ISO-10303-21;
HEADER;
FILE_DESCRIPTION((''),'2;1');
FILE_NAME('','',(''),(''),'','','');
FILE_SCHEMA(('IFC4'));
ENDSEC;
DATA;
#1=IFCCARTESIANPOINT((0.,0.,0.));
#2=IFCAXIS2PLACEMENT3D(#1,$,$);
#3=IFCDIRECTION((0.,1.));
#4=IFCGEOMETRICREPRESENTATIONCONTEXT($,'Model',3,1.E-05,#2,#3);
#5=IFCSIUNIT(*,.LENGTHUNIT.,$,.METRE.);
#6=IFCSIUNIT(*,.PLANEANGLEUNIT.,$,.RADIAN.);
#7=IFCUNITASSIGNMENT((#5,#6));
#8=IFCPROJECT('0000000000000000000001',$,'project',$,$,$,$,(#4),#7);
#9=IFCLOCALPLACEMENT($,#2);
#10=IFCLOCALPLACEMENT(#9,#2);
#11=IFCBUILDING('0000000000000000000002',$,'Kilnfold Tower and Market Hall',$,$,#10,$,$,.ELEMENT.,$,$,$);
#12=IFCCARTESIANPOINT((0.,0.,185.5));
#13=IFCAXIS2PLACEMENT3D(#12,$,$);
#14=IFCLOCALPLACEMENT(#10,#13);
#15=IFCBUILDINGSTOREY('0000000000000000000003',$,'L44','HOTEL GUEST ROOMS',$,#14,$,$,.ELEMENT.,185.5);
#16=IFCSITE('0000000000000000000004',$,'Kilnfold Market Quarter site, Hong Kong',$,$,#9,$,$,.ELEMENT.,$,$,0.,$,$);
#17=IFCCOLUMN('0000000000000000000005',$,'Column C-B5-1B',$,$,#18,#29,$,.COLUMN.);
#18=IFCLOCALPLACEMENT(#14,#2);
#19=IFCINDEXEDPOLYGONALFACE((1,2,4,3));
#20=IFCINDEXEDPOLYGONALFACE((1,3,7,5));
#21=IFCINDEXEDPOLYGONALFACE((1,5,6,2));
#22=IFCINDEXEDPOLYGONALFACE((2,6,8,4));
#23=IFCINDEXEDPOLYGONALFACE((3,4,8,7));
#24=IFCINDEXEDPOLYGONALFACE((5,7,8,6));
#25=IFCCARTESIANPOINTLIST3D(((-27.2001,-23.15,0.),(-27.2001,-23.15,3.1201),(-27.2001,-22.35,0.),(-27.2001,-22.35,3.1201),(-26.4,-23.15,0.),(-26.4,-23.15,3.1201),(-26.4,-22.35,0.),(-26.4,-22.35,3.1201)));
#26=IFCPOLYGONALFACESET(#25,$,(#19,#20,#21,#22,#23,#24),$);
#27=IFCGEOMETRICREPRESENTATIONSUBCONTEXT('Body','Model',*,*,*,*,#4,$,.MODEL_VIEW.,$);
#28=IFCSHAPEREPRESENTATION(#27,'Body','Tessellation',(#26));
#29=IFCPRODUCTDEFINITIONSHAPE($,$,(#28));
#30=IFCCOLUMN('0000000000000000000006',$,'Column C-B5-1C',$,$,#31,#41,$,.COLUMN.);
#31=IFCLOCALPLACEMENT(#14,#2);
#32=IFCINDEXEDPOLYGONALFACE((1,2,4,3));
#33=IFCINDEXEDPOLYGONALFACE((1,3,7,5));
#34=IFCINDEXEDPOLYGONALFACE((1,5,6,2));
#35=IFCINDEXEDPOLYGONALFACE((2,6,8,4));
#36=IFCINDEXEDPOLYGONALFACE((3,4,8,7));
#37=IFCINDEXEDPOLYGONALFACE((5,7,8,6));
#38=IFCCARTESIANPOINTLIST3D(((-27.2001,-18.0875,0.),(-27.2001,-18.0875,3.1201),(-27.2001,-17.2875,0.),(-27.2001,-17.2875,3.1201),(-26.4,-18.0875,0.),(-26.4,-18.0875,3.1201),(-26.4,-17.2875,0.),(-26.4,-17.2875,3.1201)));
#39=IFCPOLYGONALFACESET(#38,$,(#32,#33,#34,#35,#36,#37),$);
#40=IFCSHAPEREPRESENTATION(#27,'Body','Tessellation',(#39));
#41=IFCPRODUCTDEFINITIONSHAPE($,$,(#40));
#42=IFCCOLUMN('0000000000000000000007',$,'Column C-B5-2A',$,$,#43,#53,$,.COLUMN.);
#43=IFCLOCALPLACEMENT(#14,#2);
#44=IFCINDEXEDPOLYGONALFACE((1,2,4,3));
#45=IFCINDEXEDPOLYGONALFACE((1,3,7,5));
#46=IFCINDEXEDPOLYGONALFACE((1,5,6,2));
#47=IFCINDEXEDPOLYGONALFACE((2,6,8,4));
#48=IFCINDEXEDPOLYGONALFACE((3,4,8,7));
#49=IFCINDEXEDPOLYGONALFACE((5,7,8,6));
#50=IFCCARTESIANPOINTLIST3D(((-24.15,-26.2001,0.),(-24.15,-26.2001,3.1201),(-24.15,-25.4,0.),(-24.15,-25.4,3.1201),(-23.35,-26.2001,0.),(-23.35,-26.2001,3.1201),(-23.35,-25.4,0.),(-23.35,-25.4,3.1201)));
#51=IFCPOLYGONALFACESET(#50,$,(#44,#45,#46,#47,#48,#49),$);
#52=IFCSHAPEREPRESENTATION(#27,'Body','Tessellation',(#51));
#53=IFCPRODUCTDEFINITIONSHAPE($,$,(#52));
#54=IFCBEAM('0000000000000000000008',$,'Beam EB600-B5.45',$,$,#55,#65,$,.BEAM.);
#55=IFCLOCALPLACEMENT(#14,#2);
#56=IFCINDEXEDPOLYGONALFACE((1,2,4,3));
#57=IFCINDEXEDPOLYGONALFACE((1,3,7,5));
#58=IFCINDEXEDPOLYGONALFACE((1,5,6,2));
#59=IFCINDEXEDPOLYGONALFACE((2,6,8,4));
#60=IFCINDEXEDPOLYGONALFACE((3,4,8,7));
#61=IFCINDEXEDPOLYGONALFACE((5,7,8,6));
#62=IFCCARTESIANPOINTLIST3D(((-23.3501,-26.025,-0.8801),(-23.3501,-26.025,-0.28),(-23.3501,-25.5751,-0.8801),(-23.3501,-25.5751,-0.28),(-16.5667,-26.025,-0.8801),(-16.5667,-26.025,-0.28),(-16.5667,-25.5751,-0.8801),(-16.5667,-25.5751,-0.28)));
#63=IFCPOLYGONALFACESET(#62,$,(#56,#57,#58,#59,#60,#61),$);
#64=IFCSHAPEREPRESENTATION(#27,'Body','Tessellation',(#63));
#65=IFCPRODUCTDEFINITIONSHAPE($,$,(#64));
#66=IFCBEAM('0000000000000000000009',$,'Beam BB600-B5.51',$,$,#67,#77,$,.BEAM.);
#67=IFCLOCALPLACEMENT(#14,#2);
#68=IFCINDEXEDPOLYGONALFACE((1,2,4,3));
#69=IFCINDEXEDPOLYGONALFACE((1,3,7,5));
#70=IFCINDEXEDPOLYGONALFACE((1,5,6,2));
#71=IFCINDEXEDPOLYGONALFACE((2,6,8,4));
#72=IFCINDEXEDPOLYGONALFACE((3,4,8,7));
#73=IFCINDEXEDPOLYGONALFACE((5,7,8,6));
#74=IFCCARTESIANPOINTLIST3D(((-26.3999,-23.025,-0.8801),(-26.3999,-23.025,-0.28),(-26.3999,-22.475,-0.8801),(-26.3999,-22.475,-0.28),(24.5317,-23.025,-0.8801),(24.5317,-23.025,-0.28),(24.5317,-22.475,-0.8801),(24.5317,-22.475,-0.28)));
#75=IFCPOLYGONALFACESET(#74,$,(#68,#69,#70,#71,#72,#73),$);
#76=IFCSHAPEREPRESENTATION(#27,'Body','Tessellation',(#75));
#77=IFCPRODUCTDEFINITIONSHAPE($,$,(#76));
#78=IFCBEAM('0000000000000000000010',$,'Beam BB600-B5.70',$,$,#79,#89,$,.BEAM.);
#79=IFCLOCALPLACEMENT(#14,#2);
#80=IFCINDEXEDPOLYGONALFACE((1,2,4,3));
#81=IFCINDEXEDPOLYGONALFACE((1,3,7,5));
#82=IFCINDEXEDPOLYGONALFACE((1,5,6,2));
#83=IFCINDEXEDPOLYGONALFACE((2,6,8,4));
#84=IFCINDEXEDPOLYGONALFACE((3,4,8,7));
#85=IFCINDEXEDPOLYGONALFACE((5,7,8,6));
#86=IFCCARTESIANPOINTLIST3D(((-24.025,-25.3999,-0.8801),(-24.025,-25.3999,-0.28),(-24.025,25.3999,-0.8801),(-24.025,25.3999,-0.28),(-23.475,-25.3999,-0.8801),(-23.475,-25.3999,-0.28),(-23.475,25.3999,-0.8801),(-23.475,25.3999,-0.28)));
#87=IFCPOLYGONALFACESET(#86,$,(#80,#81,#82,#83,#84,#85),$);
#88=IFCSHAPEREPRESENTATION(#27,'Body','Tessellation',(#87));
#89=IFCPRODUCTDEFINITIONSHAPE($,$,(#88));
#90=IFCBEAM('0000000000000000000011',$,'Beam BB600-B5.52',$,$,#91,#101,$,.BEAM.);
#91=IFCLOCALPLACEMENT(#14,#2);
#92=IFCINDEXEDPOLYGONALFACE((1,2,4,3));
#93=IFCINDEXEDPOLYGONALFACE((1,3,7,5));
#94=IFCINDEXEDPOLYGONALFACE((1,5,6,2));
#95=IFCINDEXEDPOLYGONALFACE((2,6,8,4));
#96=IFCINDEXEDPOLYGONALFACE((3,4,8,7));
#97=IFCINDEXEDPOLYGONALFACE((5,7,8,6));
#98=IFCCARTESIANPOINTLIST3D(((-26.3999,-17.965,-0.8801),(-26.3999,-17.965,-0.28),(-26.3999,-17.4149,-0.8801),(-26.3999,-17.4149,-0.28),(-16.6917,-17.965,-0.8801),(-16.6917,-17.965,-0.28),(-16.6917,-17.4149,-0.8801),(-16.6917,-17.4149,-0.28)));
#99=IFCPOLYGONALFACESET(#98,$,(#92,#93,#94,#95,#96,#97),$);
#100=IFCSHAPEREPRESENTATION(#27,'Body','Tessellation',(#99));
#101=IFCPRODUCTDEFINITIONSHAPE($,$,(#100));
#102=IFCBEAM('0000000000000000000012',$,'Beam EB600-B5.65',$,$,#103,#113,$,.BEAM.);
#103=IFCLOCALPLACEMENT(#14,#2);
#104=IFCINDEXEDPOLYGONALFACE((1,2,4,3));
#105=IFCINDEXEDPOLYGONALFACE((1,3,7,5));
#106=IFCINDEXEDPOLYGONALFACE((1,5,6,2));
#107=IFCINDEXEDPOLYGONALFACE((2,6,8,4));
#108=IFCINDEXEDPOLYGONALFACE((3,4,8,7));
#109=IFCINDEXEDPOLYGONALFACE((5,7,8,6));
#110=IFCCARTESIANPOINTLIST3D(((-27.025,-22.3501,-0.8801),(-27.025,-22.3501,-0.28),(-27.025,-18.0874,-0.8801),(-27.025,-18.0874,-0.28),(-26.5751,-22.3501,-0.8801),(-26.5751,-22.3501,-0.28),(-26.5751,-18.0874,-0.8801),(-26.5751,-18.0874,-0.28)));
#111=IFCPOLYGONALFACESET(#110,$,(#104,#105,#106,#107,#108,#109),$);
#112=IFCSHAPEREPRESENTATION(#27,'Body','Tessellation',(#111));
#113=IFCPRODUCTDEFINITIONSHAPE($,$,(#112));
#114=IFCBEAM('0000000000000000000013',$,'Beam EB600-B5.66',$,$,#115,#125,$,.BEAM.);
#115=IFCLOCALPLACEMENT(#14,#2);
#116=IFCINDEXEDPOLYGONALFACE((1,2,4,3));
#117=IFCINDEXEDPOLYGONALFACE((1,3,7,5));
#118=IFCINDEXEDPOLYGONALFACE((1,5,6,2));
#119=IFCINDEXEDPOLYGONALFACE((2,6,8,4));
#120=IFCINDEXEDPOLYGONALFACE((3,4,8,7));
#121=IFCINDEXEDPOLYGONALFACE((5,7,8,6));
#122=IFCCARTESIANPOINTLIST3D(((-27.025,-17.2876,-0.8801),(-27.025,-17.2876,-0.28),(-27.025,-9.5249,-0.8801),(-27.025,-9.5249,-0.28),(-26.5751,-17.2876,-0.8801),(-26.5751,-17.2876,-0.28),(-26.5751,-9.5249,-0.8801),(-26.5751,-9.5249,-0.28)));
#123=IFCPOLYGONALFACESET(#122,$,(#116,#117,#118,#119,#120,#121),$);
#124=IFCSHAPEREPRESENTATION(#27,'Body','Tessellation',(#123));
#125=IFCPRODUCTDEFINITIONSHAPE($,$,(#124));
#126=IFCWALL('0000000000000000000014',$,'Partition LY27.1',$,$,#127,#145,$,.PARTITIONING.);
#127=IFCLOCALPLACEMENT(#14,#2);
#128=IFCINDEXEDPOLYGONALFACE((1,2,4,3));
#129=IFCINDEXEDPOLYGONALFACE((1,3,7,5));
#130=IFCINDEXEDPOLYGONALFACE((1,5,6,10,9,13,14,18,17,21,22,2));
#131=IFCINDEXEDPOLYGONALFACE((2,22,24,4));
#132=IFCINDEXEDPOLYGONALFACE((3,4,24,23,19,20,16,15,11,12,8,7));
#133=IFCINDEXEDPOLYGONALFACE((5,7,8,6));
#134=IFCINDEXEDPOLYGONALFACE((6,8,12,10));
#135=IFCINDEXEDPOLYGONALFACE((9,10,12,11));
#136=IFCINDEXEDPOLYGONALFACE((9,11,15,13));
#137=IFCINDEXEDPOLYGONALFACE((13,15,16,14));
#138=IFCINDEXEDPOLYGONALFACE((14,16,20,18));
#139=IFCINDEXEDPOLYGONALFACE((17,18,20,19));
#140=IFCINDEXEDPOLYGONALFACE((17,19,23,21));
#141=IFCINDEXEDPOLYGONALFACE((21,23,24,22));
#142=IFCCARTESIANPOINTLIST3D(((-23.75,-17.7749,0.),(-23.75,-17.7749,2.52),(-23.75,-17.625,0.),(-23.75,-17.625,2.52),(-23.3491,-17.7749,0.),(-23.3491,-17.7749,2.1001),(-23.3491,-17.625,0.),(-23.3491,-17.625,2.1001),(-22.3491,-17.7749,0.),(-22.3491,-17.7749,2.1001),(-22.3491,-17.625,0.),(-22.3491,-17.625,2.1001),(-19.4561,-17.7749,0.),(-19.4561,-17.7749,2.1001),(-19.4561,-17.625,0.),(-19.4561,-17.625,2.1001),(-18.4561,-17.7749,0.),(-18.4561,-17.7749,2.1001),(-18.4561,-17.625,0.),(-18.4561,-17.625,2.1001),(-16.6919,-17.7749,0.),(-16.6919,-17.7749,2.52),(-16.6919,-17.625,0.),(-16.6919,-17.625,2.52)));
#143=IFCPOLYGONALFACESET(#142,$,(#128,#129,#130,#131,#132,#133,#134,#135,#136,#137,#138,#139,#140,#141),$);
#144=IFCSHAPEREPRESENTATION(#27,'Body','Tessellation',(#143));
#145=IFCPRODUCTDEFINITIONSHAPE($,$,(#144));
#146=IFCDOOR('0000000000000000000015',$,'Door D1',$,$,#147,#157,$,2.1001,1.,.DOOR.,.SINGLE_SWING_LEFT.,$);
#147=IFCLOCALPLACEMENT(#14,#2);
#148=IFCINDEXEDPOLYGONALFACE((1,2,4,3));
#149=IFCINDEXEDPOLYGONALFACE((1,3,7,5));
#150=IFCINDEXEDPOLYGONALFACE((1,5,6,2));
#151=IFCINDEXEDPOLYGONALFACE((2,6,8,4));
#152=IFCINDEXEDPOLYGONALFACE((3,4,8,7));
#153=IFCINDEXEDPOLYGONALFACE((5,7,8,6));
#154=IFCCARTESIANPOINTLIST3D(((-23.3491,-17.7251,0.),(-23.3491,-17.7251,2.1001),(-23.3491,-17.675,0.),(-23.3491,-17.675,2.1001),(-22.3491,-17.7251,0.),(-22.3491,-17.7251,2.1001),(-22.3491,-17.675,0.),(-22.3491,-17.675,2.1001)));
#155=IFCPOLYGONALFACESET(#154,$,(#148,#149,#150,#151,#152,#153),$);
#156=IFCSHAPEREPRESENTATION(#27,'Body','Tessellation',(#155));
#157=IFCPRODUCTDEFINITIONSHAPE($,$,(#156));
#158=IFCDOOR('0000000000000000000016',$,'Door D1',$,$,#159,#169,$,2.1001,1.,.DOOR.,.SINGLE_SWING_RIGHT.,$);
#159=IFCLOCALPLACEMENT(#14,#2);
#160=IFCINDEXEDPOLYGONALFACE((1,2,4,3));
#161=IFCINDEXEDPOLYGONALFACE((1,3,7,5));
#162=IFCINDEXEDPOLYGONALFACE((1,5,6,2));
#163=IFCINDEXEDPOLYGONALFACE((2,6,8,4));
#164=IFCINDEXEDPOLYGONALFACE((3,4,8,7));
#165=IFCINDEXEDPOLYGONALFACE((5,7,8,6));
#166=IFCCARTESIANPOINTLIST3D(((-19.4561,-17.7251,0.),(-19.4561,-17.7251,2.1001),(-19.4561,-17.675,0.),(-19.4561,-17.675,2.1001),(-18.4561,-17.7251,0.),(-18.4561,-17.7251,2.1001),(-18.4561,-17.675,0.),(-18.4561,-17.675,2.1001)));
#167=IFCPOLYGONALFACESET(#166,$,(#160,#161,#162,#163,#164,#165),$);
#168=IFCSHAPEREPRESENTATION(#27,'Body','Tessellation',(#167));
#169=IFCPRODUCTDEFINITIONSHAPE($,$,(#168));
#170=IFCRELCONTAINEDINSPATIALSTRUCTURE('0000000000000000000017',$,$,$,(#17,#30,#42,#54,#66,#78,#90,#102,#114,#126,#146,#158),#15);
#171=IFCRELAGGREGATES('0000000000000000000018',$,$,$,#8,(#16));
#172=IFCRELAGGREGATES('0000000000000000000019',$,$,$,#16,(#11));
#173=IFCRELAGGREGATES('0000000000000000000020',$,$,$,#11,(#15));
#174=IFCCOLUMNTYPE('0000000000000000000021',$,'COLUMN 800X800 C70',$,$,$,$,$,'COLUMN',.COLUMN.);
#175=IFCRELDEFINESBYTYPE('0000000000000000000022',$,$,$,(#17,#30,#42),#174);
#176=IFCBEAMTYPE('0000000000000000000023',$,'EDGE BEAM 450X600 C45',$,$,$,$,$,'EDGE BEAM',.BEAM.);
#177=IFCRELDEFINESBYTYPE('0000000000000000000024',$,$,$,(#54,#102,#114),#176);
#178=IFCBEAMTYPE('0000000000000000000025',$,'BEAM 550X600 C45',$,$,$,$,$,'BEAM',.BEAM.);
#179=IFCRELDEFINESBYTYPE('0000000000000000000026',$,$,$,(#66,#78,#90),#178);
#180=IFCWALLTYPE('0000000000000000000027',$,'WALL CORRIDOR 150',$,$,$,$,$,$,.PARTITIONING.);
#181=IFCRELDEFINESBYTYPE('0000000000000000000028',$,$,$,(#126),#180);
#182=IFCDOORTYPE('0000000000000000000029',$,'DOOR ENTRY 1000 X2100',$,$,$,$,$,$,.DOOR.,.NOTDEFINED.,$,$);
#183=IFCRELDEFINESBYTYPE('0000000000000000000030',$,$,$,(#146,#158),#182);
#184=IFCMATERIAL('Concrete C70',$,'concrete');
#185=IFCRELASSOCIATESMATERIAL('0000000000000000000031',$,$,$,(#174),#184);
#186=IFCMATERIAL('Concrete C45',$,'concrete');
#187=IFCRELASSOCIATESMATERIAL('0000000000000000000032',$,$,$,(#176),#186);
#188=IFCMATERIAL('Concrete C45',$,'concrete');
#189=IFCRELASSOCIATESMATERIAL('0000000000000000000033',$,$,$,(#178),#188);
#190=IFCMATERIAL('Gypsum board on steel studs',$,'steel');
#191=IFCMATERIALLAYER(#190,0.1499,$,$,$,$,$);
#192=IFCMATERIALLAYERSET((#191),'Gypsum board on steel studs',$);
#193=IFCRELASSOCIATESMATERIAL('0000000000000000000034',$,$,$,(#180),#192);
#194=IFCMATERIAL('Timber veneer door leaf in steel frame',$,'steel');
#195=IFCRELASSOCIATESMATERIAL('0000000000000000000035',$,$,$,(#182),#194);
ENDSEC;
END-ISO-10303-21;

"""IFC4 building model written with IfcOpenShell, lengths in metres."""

from ifc_helpers import new_model, si_unit, direction, frame, frame_2d, origin, origin_2d, place, context, subcontext, project, spatial, rectangle, extrude, source, transform, mapped, material, layer, layer_set, material_profile, profile_set, type_object, element, fill, save


model = new_model("IFC4")

# Units and contexts
model_context = context("Model", 3, precision=1e-05, world=origin(), true_north=direction((0.0, 1.0)))
body_context = subcontext(model_context, "Body", "Model", "MODEL_VIEW")
ifc_project = project(units=[si_unit("LENGTHUNIT", "METRE"), si_unit("PLANEANGLEUNIT", "RADIAN")], contexts=[model_context])

# Site, building, storey
site_placement = place(None, origin())
site = spatial("IfcSite", under=ifc_project, at=site_placement, Name="Kilnfold Market Quarter site, Hong Kong", CompositionType="ELEMENT", RefElevation=0.0)
building_placement = place(site_placement, origin())
building = spatial("IfcBuilding", under=site, at=building_placement, Name="Kilnfold Tower and Market Hall", CompositionType="ELEMENT")
storey_placement = place(building_placement, frame((0.0, 0.0, 185.5)))
storey = spatial("IfcBuildingStorey", under=building, at=storey_placement, Name="L44", Description="HOTEL GUEST ROOMS", CompositionType="ELEMENT", Elevation=185.5)

# Columns
ifc_material_1 = material(Name="Concrete C70", Category="concrete")
ifc_material_profile_1 = material_profile(ifc_material_1, rectangle(XDim=0.8, YDim=0.8, at=origin_2d()), Name="RC 800x800")
ifc_profile_set_1 = profile_set([ifc_material_profile_1], Name="Concrete C70")
column_type = type_object("IfcColumnType", Name="COLUMN 800X800 C70", ElementType="COLUMN", PredefinedType="COLUMN", material=ifc_profile_set_1)
shared_shape_1 = source(origin(), body_context, "Body", "SweptSolid", [
    extrude(rectangle(XDim=0.8, YDim=0.8, at=origin_2d()), origin(), (0.0, 0.0, 1.0), 3.1201),
])
for number, where, z_axis, x_axis, name in (
    (1, (-26.8, -22.75, 0.0), (0.0, 0.0, 1.0), (1.0, 0.0, 0.0), "Column C-B5-1B"),
    (2, (-26.8, -17.6875, 0.0), (0.0, 0.0, 1.0), (1.0, 0.0, 0.0), "Column C-B5-1C"),
    (3, (-23.75, -25.8, 0.0), (0.0, 0.0, 1.0), (1.0, 0.0, 0.0), "Column C-B5-2A"),
):
    element("IfcColumn", number, at=place(storey_placement, frame(where, z_axis=z_axis, x_axis=x_axis)), inside=storey, type_object=column_type, Name=name, PredefinedType="COLUMN", context=body_context, shape_type="MappedRepresentation", body=[
        mapped(shared_shape_1, transform((0.0, 0.0, 0.0))),
    ])

# Beams
ifc_material_2 = material(Name="Concrete C45", Category="concrete")
ifc_material_profile_2 = material_profile(ifc_material_2, rectangle(XDim=0.45, YDim=0.6001, at=origin_2d()), Name="RC 450x600")
ifc_profile_set_2 = profile_set([ifc_material_profile_2], Name="Concrete C45")
beam_type_1 = type_object("IfcBeamType", Name="EDGE BEAM 450X600 C45", ElementType="EDGE BEAM", PredefinedType="BEAM", material=ifc_profile_set_2)
shared_shape_2 = source(origin(), body_context, "Body", "SweptSolid", [
    extrude(rectangle(XDim=0.45, YDim=0.6001, at=origin_2d()), origin(), (0.0, 0.0, 1.0), 6.7834),
])
beam_1_placement = place(storey_placement, frame((-23.3501, -25.8, -0.5801), z_axis=(1.0, 0.0, 0.0), x_axis=(0.0, 1.0, 0.0)))
element("IfcBeam", 4, at=beam_1_placement, inside=storey, type_object=beam_type_1, Name="Beam EB600-B5.45", PredefinedType="BEAM", context=body_context, shape_type="MappedRepresentation", body=[
    mapped(shared_shape_2, transform((0.0, 0.0, 0.0))),
])
ifc_material_3 = material(Name="Concrete C45", Category="concrete")
ifc_material_profile_3 = material_profile(ifc_material_3, rectangle(XDim=0.55, YDim=0.6001, at=origin_2d()), Name="RC 550x600")
ifc_profile_set_3 = profile_set([ifc_material_profile_3], Name="Concrete C45")
beam_type_2 = type_object("IfcBeamType", Name="BEAM 550X600 C45", ElementType="BEAM", PredefinedType="BEAM", material=ifc_profile_set_3)
shared_shape_3 = source(origin(), body_context, "Body", "SweptSolid", [
    extrude(rectangle(XDim=0.55, YDim=0.6001, at=origin_2d()), origin(), (0.0, 0.0, 1.0), 50.9316),
])
beam_2_placement = place(storey_placement, frame((-26.3999, -22.75, -0.5801), z_axis=(1.0, 0.0, 0.0), x_axis=(0.0, 1.0, 0.0)))
element("IfcBeam", 5, at=beam_2_placement, inside=storey, type_object=beam_type_2, Name="Beam BB600-B5.51", PredefinedType="BEAM", context=body_context, shape_type="MappedRepresentation", body=[
    mapped(shared_shape_3, transform((0.0, 0.0, 0.0))),
])
shared_shape_4 = source(origin(), body_context, "Body", "SweptSolid", [
    extrude(rectangle(XDim=0.55, YDim=0.6001, at=origin_2d()), origin(), (0.0, 0.0, 1.0), 50.7998),
])
beam_3_placement = place(storey_placement, frame((-23.75, -25.3999, -0.5801), z_axis=(0.0, 1.0, 0.0), x_axis=(-1.0, 0.0, 0.0)))
element("IfcBeam", 6, at=beam_3_placement, inside=storey, type_object=beam_type_2, Name="Beam BB600-B5.70", PredefinedType="BEAM", context=body_context, shape_type="MappedRepresentation", body=[
    mapped(shared_shape_4, transform((0.0, 0.0, 0.0))),
])
shared_shape_5 = source(origin(), body_context, "Body", "SweptSolid", [
    extrude(rectangle(XDim=0.55, YDim=0.6001, at=origin_2d()), origin(), (0.0, 0.0, 1.0), 9.7083),
])
beam_4_placement = place(storey_placement, frame((-26.3999, -17.6899, -0.5801), z_axis=(1.0, 0.0, 0.0), x_axis=(0.0, 1.0, 0.0)))
element("IfcBeam", 7, at=beam_4_placement, inside=storey, type_object=beam_type_2, Name="Beam BB600-B5.52", PredefinedType="BEAM", context=body_context, shape_type="MappedRepresentation", body=[
    mapped(shared_shape_5, transform((0.0, 0.0, 0.0))),
])
shared_shape_6 = source(origin(), body_context, "Body", "SweptSolid", [
    extrude(rectangle(XDim=0.45, YDim=0.6001, at=origin_2d()), origin(), (0.0, 0.0, 1.0), 4.2627),
])
beam_5_placement = place(storey_placement, frame((-26.8, -22.3501, -0.5801), z_axis=(0.0, 1.0, 0.0), x_axis=(-1.0, 0.0, 0.0)))
element("IfcBeam", 8, at=beam_5_placement, inside=storey, type_object=beam_type_1, Name="Beam EB600-B5.65", PredefinedType="BEAM", context=body_context, shape_type="MappedRepresentation", body=[
    mapped(shared_shape_6, transform((0.0, 0.0, 0.0))),
])
shared_shape_7 = source(origin(), body_context, "Body", "SweptSolid", [
    extrude(rectangle(XDim=0.45, YDim=0.6001, at=origin_2d()), origin(), (0.0, 0.0, 1.0), 7.7627),
])
beam_6_placement = place(storey_placement, frame((-26.8, -17.2876, -0.5801), z_axis=(0.0, 1.0, 0.0), x_axis=(-1.0, 0.0, 0.0)))
element("IfcBeam", 9, at=beam_6_placement, inside=storey, type_object=beam_type_1, Name="Beam EB600-B5.66", PredefinedType="BEAM", context=body_context, shape_type="MappedRepresentation", body=[
    mapped(shared_shape_7, transform((0.0, 0.0, 0.0))),
])

# Wall, openings, doors
ifc_material_4 = material(Name="Gypsum board on steel studs", Category="steel")
ifc_layer_1 = layer(ifc_material_4, 0.1499)
ifc_layer_set_1 = layer_set([ifc_layer_1], Name="Gypsum board on steel studs")
wall_type_1 = type_object("IfcWallType", Name="WALL CORRIDOR 150", PredefinedType="PARTITIONING", material=ifc_layer_set_1)
wall_1_placement = place(storey_placement, frame((-23.75, -17.7, 0.0), z_axis=(0.0, 0.0, 1.0), x_axis=(1.0, 0.0, 0.0)))
wall_1 = element("IfcWall", 10, at=wall_1_placement, inside=storey, type_object=wall_type_1, Name="Partition LY27.1", PredefinedType="PARTITIONING", context=body_context, shape_type="SweptSolid", body=[
    extrude(rectangle(XDim=7.0581, YDim=0.1499, at=frame_2d((3.5291, 0.0))), origin(), (0.0, 0.0, 1.0), 2.52),
])
opening_1_placement = place(wall_1_placement, frame((0.4009, 0.0, 0.0)))
opening_1 = element("IfcOpeningElement", 11, at=opening_1_placement, cuts=wall_1, PredefinedType="OPENING", context=body_context, shape_type="SweptSolid", body=[
    extrude(rectangle(XDim=1.0, YDim=2.1001, at=frame_2d((0.5, 1.05))), frame((0.0, 0.085, 0.0), z_axis=(0.0, -1.0, 0.0), x_axis=(1.0, 0.0, 0.0)), (0.0, 0.0, 1.0), 0.1699),
])
opening_2_placement = place(wall_1_placement, frame((4.2939, 0.0, 0.0)))
opening_2 = element("IfcOpeningElement", 12, at=opening_2_placement, cuts=wall_1, PredefinedType="OPENING", context=body_context, shape_type="SweptSolid", body=[
    extrude(rectangle(XDim=1.0, YDim=2.1001, at=frame_2d((0.5, 1.05))), frame((0.0, 0.085, 0.0), z_axis=(0.0, -1.0, 0.0), x_axis=(1.0, 0.0, 0.0)), (0.0, 0.0, 1.0), 0.1699),
])
ifc_material_5 = material(Name="Timber veneer door leaf in steel frame", Category="steel")
door_type_1 = type_object("IfcDoorType", Name="DOOR ENTRY 1000 X2100", OperationType="NOTDEFINED", PredefinedType="DOOR", material=ifc_material_5)
door_1_placement = place(opening_1_placement, origin())
door_1 = element("IfcDoor", 13, at=door_1_placement, inside=storey, type_object=door_type_1, Name="Door D1", OperationType="SINGLE_SWING_LEFT", OverallHeight=2.1001, OverallWidth=1.0, PredefinedType="DOOR", context=body_context, shape_type="SweptSolid", body=[
    extrude(rectangle(XDim=1.0, YDim=2.1001, at=frame_2d((0.5, 1.05))), frame((0.0, 0.0249, 0.0), z_axis=(0.0, -1.0, 0.0), x_axis=(1.0, 0.0, 0.0)), (0.0, 0.0, 1.0), 0.05),
])
fill(opening_1, door_1)
door_2_placement = place(opening_2_placement, origin())
door_2 = element("IfcDoor", 14, at=door_2_placement, inside=storey, type_object=door_type_1, Name="Door D1", OperationType="SINGLE_SWING_RIGHT", OverallHeight=2.1001, OverallWidth=1.0, PredefinedType="DOOR", context=body_context, shape_type="SweptSolid", body=[
    extrude(rectangle(XDim=1.0, YDim=2.1001, at=frame_2d((0.5, 1.05))), frame((0.0, 0.0249, 0.0), z_axis=(0.0, -1.0, 0.0), x_axis=(1.0, 0.0, 0.0)), (0.0, 0.0, 1.0), 0.05),
])
fill(opening_2, door_2)

save(model, "model.ifc")
